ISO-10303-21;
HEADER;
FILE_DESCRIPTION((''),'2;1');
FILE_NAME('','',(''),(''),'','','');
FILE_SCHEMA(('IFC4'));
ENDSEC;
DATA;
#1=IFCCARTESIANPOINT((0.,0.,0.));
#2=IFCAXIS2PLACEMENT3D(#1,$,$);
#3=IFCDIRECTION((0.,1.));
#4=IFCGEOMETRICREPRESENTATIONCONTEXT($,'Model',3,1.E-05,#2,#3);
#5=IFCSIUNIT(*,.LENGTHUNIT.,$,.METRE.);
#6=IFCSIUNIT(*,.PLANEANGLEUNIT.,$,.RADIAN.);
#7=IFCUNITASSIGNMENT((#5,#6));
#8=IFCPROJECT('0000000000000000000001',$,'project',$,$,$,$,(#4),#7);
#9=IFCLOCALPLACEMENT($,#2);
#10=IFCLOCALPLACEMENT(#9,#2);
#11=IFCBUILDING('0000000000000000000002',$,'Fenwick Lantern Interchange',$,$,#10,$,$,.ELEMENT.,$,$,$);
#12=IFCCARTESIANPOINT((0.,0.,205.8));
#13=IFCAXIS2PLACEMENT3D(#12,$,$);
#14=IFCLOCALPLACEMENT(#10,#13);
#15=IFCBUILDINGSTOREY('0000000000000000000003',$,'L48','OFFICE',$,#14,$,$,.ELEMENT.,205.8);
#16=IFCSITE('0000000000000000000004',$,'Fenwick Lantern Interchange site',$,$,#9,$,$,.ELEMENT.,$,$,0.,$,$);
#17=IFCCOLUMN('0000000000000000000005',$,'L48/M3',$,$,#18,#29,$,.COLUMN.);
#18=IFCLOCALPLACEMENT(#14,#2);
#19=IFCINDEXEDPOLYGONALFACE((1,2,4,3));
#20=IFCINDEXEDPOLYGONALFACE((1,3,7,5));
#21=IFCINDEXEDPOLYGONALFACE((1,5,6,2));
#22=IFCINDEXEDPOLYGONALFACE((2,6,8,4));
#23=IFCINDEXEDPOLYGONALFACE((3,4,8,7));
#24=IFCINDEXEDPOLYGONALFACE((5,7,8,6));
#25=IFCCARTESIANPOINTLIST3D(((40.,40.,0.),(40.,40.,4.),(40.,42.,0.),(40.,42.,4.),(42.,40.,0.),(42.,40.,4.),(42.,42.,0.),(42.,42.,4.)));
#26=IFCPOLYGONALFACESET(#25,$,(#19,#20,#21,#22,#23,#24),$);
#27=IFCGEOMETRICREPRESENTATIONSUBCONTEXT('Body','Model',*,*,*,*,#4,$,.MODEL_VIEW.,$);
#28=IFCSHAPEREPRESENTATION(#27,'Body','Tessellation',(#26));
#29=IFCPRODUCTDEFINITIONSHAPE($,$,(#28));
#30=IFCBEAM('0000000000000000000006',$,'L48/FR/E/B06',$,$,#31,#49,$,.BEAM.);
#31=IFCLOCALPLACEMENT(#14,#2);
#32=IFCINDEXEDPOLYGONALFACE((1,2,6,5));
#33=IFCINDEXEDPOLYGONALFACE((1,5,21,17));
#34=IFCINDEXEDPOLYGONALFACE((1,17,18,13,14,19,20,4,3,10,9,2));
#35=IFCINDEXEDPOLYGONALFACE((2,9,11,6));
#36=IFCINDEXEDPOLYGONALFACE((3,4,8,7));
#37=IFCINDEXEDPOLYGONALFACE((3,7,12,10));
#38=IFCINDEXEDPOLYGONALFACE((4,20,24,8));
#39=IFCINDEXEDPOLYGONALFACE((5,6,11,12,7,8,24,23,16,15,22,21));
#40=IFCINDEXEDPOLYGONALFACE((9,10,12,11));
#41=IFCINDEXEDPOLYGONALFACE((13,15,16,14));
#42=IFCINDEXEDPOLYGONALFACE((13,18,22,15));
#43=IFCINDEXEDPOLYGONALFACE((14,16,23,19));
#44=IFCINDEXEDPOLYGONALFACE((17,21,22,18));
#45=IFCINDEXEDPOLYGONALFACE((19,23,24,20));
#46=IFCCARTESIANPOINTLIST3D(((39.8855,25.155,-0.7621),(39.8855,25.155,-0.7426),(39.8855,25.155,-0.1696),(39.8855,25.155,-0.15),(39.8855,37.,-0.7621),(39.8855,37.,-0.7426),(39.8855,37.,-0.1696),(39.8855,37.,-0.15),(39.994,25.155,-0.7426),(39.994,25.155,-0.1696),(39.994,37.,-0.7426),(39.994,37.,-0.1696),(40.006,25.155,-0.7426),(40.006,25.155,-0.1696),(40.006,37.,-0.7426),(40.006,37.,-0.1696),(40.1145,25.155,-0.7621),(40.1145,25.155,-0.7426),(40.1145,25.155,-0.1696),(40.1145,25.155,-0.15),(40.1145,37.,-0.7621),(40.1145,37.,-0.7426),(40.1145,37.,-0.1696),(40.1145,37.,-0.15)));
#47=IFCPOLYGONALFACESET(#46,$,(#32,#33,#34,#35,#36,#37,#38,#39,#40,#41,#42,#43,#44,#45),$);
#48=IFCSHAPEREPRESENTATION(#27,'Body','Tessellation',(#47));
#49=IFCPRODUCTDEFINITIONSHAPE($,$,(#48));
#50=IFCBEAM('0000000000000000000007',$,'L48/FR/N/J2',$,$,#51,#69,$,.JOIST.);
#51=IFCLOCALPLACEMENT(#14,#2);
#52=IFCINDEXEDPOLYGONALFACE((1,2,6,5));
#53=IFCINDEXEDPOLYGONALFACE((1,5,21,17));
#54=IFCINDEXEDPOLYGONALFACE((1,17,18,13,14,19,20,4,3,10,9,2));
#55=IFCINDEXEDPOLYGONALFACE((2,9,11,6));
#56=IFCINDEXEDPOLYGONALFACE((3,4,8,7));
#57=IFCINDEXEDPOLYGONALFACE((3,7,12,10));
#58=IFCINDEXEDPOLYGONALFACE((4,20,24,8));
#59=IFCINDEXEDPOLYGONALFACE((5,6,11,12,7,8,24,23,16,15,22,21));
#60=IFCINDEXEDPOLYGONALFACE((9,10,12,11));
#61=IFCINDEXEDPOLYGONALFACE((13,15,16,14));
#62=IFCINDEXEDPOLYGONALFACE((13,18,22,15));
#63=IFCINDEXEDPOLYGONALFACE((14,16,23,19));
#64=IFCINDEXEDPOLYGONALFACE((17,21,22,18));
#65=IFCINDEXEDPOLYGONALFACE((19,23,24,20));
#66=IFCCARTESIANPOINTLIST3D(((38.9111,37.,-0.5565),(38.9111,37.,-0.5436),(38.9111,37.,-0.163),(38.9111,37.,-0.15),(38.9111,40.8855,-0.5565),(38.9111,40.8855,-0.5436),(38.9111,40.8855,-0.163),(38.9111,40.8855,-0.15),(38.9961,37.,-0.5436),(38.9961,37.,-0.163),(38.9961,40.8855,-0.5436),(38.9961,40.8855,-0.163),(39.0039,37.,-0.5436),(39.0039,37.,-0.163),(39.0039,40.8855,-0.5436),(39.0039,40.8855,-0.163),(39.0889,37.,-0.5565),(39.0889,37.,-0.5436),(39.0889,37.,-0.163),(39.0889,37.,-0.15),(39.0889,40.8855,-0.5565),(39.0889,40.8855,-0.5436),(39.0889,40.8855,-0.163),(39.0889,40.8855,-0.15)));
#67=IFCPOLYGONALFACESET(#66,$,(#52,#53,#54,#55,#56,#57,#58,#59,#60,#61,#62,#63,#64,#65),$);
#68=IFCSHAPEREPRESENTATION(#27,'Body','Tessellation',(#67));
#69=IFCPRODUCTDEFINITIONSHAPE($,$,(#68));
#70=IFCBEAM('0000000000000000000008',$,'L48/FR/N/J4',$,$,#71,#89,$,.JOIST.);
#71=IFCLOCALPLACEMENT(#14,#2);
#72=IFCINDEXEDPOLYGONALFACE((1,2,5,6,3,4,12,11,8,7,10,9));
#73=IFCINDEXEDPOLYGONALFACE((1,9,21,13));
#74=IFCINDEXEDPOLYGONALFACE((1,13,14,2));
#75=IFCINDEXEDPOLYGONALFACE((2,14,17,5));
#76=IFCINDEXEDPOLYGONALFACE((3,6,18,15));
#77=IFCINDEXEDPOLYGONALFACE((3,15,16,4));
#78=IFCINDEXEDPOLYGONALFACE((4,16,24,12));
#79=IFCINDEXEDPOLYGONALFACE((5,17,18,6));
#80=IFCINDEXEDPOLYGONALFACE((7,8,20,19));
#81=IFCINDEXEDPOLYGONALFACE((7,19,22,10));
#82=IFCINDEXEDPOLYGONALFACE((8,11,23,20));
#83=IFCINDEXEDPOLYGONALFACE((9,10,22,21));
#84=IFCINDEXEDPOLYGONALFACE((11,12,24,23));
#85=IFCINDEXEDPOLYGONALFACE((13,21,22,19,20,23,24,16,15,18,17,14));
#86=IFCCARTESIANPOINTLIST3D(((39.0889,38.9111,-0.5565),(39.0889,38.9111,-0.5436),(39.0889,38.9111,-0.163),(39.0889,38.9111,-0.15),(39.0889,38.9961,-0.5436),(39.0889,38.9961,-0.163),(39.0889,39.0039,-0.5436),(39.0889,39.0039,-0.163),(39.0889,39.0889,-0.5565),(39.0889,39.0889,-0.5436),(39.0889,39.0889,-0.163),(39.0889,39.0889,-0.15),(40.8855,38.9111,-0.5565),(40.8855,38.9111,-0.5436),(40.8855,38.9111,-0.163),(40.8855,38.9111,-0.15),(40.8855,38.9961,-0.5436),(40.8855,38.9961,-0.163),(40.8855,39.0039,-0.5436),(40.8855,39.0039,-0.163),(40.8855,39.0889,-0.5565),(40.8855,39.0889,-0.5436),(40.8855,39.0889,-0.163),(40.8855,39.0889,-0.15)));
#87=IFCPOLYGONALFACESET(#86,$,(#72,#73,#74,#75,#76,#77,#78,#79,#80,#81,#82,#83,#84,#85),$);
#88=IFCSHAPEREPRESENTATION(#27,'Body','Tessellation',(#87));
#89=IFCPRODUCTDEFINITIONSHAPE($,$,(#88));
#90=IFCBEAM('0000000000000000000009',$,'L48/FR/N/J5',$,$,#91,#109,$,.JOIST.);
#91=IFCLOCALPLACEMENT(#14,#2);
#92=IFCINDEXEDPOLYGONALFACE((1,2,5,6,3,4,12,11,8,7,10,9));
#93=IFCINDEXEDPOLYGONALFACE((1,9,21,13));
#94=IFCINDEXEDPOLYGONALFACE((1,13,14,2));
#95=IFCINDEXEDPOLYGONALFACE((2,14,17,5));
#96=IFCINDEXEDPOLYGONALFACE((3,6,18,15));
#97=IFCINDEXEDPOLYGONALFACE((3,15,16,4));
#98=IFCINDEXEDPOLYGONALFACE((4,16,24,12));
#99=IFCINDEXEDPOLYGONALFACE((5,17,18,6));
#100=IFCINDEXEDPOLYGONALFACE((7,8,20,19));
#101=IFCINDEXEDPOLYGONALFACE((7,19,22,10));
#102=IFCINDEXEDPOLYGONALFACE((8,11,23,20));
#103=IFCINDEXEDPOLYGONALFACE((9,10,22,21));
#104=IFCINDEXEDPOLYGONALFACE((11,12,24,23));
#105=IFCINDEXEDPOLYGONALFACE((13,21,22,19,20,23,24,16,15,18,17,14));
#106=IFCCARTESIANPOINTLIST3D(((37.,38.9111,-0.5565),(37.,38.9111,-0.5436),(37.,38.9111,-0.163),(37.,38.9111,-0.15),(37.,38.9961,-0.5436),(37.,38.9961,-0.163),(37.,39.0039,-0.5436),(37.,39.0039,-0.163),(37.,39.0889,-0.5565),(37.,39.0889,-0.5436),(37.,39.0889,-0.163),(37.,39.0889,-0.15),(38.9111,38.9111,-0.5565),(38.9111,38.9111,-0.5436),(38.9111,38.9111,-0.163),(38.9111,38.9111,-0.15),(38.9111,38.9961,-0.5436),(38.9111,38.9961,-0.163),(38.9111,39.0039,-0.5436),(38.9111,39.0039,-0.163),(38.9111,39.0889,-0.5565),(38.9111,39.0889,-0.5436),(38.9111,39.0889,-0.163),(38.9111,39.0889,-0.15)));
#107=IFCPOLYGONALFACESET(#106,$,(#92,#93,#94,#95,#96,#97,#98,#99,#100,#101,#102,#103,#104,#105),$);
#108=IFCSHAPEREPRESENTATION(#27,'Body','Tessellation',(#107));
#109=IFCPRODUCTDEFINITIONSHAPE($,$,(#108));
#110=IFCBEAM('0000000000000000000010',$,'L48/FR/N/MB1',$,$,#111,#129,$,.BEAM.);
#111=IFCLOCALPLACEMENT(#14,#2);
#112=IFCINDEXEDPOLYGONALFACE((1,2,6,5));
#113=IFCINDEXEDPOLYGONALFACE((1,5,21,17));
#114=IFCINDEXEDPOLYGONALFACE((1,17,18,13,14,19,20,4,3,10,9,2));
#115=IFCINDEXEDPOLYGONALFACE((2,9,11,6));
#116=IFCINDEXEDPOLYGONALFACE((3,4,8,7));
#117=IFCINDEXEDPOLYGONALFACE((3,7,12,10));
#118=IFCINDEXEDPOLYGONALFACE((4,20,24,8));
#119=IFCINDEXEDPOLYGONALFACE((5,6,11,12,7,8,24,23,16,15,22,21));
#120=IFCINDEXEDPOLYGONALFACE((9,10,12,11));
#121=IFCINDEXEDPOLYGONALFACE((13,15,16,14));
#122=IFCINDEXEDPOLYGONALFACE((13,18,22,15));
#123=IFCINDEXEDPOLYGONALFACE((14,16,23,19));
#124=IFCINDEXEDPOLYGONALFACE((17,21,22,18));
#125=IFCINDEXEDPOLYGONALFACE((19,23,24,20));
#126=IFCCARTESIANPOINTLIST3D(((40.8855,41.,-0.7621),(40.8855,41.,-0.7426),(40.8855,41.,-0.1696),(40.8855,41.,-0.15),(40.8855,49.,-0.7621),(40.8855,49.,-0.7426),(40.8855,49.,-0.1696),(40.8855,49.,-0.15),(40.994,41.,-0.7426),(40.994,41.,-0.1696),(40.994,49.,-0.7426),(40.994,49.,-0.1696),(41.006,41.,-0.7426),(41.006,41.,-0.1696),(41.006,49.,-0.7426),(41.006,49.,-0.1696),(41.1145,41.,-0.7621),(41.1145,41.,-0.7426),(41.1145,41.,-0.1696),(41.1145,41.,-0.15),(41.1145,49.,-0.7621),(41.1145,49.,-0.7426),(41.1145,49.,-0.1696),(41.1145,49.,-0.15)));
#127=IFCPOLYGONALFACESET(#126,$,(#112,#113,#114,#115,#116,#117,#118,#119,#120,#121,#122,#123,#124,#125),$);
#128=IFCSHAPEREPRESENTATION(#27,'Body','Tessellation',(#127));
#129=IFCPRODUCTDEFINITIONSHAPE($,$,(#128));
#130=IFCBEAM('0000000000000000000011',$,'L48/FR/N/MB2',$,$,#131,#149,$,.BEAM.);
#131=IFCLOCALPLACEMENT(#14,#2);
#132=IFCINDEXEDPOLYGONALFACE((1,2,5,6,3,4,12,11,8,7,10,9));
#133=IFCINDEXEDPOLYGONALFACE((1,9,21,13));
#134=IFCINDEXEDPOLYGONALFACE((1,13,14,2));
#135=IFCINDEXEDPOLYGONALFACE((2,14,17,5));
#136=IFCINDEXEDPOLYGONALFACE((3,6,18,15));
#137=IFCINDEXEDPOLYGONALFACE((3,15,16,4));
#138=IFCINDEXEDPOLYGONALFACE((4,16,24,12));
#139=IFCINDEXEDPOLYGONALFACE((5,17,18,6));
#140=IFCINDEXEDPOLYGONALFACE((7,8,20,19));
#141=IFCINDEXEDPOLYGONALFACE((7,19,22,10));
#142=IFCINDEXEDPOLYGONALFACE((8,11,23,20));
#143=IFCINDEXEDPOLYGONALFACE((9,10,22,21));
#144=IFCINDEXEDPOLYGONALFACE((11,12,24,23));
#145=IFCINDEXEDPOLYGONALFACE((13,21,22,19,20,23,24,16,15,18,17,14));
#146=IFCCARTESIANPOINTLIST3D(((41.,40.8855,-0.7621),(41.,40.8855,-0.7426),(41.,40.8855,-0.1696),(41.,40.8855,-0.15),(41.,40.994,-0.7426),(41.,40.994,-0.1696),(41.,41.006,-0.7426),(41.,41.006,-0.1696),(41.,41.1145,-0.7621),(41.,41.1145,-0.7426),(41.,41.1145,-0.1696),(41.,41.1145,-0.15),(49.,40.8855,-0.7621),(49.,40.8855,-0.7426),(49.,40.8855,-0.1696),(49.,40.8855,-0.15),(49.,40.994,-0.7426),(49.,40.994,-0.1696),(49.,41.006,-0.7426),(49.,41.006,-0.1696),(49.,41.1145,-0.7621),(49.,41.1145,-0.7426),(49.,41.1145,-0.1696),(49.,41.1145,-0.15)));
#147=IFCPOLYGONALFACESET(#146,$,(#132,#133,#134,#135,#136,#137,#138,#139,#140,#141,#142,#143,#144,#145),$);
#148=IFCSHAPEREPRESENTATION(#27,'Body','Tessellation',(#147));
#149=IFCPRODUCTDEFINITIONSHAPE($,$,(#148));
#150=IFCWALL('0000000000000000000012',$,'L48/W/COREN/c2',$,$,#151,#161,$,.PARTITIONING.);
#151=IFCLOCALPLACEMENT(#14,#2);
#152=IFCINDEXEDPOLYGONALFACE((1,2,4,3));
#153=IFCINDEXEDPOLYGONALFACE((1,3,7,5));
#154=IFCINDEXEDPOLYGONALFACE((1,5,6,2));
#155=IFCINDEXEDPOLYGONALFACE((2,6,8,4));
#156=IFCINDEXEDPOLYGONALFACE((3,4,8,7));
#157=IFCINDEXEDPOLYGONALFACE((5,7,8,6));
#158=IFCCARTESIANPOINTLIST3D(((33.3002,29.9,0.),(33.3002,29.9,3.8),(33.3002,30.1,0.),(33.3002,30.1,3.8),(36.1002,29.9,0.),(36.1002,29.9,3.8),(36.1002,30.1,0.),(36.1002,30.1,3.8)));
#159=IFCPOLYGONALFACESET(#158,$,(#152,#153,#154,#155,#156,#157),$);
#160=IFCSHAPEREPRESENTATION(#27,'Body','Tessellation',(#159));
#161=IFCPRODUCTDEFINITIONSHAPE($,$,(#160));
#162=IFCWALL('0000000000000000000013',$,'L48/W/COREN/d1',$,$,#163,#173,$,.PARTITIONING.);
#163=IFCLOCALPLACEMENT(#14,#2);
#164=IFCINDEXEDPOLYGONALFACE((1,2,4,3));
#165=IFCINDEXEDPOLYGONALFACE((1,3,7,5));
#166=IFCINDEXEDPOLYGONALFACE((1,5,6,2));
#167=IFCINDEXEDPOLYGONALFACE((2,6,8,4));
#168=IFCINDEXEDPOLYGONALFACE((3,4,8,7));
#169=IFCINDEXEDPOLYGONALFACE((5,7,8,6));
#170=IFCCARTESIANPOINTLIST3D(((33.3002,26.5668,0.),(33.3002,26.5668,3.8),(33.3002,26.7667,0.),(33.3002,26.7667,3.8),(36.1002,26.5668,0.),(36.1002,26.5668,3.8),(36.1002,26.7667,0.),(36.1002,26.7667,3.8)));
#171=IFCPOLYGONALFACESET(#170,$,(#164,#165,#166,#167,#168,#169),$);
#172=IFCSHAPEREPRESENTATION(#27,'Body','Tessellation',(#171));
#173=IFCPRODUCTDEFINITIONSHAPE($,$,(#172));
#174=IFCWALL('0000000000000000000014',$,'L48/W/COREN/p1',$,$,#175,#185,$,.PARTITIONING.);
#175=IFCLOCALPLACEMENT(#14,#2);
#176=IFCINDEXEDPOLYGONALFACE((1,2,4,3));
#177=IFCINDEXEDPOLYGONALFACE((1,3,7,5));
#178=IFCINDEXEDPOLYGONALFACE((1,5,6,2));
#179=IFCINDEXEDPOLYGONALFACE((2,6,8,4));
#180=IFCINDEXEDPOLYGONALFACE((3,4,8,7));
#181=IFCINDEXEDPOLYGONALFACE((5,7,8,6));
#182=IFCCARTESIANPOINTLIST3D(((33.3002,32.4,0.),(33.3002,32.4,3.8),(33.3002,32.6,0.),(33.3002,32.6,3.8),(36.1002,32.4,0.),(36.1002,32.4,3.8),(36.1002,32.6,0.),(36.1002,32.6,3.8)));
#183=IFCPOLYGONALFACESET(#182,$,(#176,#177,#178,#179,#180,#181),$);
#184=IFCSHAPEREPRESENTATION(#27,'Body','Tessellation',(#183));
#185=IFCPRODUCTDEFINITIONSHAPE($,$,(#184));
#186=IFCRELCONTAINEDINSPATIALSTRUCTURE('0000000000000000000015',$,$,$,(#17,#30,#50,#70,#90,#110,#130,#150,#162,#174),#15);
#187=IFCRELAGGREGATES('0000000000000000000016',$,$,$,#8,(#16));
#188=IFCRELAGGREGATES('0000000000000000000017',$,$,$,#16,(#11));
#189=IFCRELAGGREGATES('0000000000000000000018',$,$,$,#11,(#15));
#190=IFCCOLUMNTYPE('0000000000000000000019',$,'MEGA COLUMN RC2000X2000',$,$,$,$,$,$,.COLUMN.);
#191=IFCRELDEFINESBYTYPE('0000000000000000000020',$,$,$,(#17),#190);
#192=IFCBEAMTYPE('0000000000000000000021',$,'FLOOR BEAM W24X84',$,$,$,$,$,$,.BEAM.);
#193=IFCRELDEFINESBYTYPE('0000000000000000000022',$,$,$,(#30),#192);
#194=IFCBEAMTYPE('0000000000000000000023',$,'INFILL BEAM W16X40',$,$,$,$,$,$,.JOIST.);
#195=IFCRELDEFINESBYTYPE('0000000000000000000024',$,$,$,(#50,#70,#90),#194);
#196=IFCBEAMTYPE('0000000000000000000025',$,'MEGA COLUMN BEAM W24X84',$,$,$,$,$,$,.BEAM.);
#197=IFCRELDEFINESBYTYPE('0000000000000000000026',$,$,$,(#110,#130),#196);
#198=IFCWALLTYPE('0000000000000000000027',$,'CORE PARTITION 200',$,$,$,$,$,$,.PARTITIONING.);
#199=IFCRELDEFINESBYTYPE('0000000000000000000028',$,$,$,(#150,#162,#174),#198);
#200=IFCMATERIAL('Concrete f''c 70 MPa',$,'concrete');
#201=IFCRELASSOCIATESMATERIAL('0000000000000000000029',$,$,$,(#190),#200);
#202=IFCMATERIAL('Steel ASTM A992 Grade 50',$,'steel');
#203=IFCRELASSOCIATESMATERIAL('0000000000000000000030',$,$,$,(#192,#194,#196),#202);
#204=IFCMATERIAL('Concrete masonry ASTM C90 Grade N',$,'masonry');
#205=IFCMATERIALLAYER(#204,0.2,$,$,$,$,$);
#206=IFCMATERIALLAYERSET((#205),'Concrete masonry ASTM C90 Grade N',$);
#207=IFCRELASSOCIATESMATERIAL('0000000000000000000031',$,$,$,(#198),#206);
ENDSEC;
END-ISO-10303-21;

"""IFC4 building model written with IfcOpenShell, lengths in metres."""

from ifc_helpers import new_model, si_unit, direction, frame, frame_2d, origin, origin_2d, place, context, subcontext, project, spatial, rectangle, i_section, extrude, material, layer, layer_set, material_profile, profile_set, type_object, element, save


model = new_model("IFC4")

# Units and contexts
model_context = context("Model", 3, precision=1e-05, world=origin(), true_north=direction((0.0, 1.0)))
body_context = subcontext(model_context, "Body", "Model", "MODEL_VIEW")
ifc_project = project(units=[si_unit("LENGTHUNIT", "METRE"), si_unit("PLANEANGLEUNIT", "RADIAN")], contexts=[model_context])

# Site, building, storey
site_placement = place(None, origin())
site = spatial("IfcSite", under=ifc_project, at=site_placement, Name="Fenwick Lantern Interchange site", CompositionType="ELEMENT", RefElevation=0.0)
building_placement = place(site_placement, origin())
building = spatial("IfcBuilding", under=site, at=building_placement, Name="Fenwick Lantern Interchange", CompositionType="ELEMENT")
storey_placement = place(building_placement, frame((0.0, 0.0, 205.8)))
storey = spatial("IfcBuildingStorey", under=building, at=storey_placement, Name="L48", Description="OFFICE", CompositionType="ELEMENT", Elevation=205.8)

# Column
ifc_material_1 = material(Name="Concrete f'c 70 MPa", Category="concrete")
ifc_material_profile_1 = material_profile(ifc_material_1, rectangle(XDim=2.0, YDim=2.0, at=origin_2d()), Name="RC2000X2000")
ifc_profile_set_1 = profile_set([ifc_material_profile_1], Name="Concrete f'c 70 MPa")
column_type = type_object("IfcColumnType", Name="MEGA COLUMN RC2000X2000", PredefinedType="COLUMN", material=ifc_profile_set_1)
column_placement = place(storey_placement, frame((41.0, 41.0, 0.0), z_axis=(0.0, 0.0, 1.0), x_axis=(1.0, 0.0, 0.0)))
element("IfcColumn", 1, at=column_placement, inside=storey, type_object=column_type, Name="L48/M3", PredefinedType="COLUMN", context=body_context, shape_type="SweptSolid", body=[
    extrude(rectangle(XDim=2.0, YDim=2.0, at=origin_2d()), origin(), (0.0, 0.0, 1.0), 4.0),
])

# Beams
ifc_material_2 = material(Name="Steel ASTM A992 Grade 50", Category="steel")
ifc_material_profile_2 = material_profile(ifc_material_2, i_section(OverallWidth=0.229, OverallDepth=0.6121, WebThickness=0.012, FlangeThickness=0.0195, at=origin_2d()), Name="W24X84")
ifc_profile_set_2 = profile_set([ifc_material_profile_2], Name="Steel ASTM A992 Grade 50")
beam_type_1 = type_object("IfcBeamType", Name="FLOOR BEAM W24X84", PredefinedType="BEAM", material=ifc_profile_set_2)
beam_1_placement = place(storey_placement, frame((40.0, 25.155, -0.4561), z_axis=(0.0, 1.0, 0.0), x_axis=(-1.0, 0.0, 0.0)))
element("IfcBeam", 2, at=beam_1_placement, inside=storey, type_object=beam_type_1, Name="L48/FR/E/B06", PredefinedType="BEAM", context=body_context, shape_type="SweptSolid", body=[
    extrude(i_section(OverallWidth=0.229, OverallDepth=0.6121, WebThickness=0.012, FlangeThickness=0.0195, at=origin_2d()), origin(), (0.0, 0.0, 1.0), 11.845),
])
ifc_material_profile_3 = material_profile(ifc_material_2, i_section(OverallWidth=0.1777, OverallDepth=0.4065, WebThickness=0.0078, FlangeThickness=0.0129, at=origin_2d()), Name="W16X40")
ifc_profile_set_3 = profile_set([ifc_material_profile_3], Name="Steel ASTM A992 Grade 50")
beam_type_2 = type_object("IfcBeamType", Name="INFILL BEAM W16X40", PredefinedType="JOIST", material=ifc_profile_set_3)
beam_2_placement = place(storey_placement, frame((39.0, 40.8855, -0.3533), z_axis=(0.0, -1.0, 0.0), x_axis=(1.0, 0.0, 0.0)))
element("IfcBeam", 3, at=beam_2_placement, inside=storey, type_object=beam_type_2, Name="L48/FR/N/J2", PredefinedType="JOIST", context=body_context, shape_type="SweptSolid", body=[
    extrude(i_section(OverallWidth=0.1777, OverallDepth=0.4065, WebThickness=0.0078, FlangeThickness=0.0129, at=origin_2d()), origin(), (0.0, 0.0, 1.0), 3.8855),
])
beam_3_placement = place(storey_placement, frame((40.8855, 39.0, -0.3533), z_axis=(-1.0, 0.0, 0.0), x_axis=(0.0, -1.0, 0.0)))
element("IfcBeam", 4, at=beam_3_placement, inside=storey, type_object=beam_type_2, Name="L48/FR/N/J4", PredefinedType="JOIST", context=body_context, shape_type="SweptSolid", body=[
    extrude(i_section(OverallWidth=0.1777, OverallDepth=0.4065, WebThickness=0.0078, FlangeThickness=0.0129, at=origin_2d()), origin(), (0.0, 0.0, 1.0), 1.7966),
])
beam_4_placement = place(storey_placement, frame((38.9111, 39.0, -0.3533), z_axis=(-1.0, 0.0, 0.0), x_axis=(0.0, -1.0, 0.0)))
element("IfcBeam", 5, at=beam_4_placement, inside=storey, type_object=beam_type_2, Name="L48/FR/N/J5", PredefinedType="JOIST", context=body_context, shape_type="SweptSolid", body=[
    extrude(i_section(OverallWidth=0.1777, OverallDepth=0.4065, WebThickness=0.0078, FlangeThickness=0.0129, at=origin_2d()), origin(), (0.0, 0.0, 1.0), 1.9111),
])
ifc_material_profile_4 = material_profile(ifc_material_2, i_section(OverallWidth=0.229, OverallDepth=0.6121, WebThickness=0.012, FlangeThickness=0.0195, at=origin_2d()), Name="W24X84")
ifc_profile_set_4 = profile_set([ifc_material_profile_4], Name="Steel ASTM A992 Grade 50")
beam_type_3 = type_object("IfcBeamType", Name="MEGA COLUMN BEAM W24X84", PredefinedType="BEAM", material=ifc_profile_set_4)
for number, where, z_axis, x_axis, name in (
    (6, (41.0, 41.0, -0.4561), (0.0, 1.0, 0.0), (-1.0, 0.0, 0.0), "L48/FR/N/MB1"),
    (7, (41.0, 41.0, -0.4561), (1.0, 0.0, 0.0), (0.0, 1.0, 0.0), "L48/FR/N/MB2"),
):
    element("IfcBeam", number, at=place(storey_placement, frame(where, z_axis=z_axis, x_axis=x_axis)), inside=storey, type_object=beam_type_3, Name=name, PredefinedType="BEAM", context=body_context, shape_type="SweptSolid", body=[
        extrude(i_section(OverallWidth=0.229, OverallDepth=0.6121, WebThickness=0.012, FlangeThickness=0.0195, at=origin_2d()), origin(), (0.0, 0.0, 1.0), 8.0),
    ])

# Walls
ifc_material_3 = material(Name="Concrete masonry ASTM C90 Grade N", Category="masonry")
ifc_layer_1 = layer(ifc_material_3, 0.2)
ifc_layer_set_1 = layer_set([ifc_layer_1], Name="Concrete masonry ASTM C90 Grade N")
wall_type_1 = type_object("IfcWallType", Name="CORE PARTITION 200", PredefinedType="PARTITIONING", material=ifc_layer_set_1)
for number, where, z_axis, x_axis, name in (
    (8, (36.1001, 30.0, 0.0), (0.0, 0.0, 1.0), (-1.0, 0.0, 0.0), "L48/W/COREN/c2"),
    (9, (36.1001, 26.6667, 0.0), (0.0, 0.0, 1.0), (-1.0, 0.0, 0.0), "L48/W/COREN/d1"),
    (10, (36.1001, 32.5, 0.0), (0.0, 0.0, 1.0), (-1.0, 0.0, 0.0), "L48/W/COREN/p1"),
):
    element("IfcWall", number, at=place(storey_placement, frame(where, z_axis=z_axis, x_axis=x_axis)), inside=storey, type_object=wall_type_1, Name=name, PredefinedType="PARTITIONING", context=body_context, shape_type="SweptSolid", body=[
        extrude(rectangle(XDim=2.8, YDim=0.2, at=frame_2d((1.3999, 0.0))), origin(), (0.0, 0.0, 1.0), 3.8),
    ])

save(model, "model.ifc")
